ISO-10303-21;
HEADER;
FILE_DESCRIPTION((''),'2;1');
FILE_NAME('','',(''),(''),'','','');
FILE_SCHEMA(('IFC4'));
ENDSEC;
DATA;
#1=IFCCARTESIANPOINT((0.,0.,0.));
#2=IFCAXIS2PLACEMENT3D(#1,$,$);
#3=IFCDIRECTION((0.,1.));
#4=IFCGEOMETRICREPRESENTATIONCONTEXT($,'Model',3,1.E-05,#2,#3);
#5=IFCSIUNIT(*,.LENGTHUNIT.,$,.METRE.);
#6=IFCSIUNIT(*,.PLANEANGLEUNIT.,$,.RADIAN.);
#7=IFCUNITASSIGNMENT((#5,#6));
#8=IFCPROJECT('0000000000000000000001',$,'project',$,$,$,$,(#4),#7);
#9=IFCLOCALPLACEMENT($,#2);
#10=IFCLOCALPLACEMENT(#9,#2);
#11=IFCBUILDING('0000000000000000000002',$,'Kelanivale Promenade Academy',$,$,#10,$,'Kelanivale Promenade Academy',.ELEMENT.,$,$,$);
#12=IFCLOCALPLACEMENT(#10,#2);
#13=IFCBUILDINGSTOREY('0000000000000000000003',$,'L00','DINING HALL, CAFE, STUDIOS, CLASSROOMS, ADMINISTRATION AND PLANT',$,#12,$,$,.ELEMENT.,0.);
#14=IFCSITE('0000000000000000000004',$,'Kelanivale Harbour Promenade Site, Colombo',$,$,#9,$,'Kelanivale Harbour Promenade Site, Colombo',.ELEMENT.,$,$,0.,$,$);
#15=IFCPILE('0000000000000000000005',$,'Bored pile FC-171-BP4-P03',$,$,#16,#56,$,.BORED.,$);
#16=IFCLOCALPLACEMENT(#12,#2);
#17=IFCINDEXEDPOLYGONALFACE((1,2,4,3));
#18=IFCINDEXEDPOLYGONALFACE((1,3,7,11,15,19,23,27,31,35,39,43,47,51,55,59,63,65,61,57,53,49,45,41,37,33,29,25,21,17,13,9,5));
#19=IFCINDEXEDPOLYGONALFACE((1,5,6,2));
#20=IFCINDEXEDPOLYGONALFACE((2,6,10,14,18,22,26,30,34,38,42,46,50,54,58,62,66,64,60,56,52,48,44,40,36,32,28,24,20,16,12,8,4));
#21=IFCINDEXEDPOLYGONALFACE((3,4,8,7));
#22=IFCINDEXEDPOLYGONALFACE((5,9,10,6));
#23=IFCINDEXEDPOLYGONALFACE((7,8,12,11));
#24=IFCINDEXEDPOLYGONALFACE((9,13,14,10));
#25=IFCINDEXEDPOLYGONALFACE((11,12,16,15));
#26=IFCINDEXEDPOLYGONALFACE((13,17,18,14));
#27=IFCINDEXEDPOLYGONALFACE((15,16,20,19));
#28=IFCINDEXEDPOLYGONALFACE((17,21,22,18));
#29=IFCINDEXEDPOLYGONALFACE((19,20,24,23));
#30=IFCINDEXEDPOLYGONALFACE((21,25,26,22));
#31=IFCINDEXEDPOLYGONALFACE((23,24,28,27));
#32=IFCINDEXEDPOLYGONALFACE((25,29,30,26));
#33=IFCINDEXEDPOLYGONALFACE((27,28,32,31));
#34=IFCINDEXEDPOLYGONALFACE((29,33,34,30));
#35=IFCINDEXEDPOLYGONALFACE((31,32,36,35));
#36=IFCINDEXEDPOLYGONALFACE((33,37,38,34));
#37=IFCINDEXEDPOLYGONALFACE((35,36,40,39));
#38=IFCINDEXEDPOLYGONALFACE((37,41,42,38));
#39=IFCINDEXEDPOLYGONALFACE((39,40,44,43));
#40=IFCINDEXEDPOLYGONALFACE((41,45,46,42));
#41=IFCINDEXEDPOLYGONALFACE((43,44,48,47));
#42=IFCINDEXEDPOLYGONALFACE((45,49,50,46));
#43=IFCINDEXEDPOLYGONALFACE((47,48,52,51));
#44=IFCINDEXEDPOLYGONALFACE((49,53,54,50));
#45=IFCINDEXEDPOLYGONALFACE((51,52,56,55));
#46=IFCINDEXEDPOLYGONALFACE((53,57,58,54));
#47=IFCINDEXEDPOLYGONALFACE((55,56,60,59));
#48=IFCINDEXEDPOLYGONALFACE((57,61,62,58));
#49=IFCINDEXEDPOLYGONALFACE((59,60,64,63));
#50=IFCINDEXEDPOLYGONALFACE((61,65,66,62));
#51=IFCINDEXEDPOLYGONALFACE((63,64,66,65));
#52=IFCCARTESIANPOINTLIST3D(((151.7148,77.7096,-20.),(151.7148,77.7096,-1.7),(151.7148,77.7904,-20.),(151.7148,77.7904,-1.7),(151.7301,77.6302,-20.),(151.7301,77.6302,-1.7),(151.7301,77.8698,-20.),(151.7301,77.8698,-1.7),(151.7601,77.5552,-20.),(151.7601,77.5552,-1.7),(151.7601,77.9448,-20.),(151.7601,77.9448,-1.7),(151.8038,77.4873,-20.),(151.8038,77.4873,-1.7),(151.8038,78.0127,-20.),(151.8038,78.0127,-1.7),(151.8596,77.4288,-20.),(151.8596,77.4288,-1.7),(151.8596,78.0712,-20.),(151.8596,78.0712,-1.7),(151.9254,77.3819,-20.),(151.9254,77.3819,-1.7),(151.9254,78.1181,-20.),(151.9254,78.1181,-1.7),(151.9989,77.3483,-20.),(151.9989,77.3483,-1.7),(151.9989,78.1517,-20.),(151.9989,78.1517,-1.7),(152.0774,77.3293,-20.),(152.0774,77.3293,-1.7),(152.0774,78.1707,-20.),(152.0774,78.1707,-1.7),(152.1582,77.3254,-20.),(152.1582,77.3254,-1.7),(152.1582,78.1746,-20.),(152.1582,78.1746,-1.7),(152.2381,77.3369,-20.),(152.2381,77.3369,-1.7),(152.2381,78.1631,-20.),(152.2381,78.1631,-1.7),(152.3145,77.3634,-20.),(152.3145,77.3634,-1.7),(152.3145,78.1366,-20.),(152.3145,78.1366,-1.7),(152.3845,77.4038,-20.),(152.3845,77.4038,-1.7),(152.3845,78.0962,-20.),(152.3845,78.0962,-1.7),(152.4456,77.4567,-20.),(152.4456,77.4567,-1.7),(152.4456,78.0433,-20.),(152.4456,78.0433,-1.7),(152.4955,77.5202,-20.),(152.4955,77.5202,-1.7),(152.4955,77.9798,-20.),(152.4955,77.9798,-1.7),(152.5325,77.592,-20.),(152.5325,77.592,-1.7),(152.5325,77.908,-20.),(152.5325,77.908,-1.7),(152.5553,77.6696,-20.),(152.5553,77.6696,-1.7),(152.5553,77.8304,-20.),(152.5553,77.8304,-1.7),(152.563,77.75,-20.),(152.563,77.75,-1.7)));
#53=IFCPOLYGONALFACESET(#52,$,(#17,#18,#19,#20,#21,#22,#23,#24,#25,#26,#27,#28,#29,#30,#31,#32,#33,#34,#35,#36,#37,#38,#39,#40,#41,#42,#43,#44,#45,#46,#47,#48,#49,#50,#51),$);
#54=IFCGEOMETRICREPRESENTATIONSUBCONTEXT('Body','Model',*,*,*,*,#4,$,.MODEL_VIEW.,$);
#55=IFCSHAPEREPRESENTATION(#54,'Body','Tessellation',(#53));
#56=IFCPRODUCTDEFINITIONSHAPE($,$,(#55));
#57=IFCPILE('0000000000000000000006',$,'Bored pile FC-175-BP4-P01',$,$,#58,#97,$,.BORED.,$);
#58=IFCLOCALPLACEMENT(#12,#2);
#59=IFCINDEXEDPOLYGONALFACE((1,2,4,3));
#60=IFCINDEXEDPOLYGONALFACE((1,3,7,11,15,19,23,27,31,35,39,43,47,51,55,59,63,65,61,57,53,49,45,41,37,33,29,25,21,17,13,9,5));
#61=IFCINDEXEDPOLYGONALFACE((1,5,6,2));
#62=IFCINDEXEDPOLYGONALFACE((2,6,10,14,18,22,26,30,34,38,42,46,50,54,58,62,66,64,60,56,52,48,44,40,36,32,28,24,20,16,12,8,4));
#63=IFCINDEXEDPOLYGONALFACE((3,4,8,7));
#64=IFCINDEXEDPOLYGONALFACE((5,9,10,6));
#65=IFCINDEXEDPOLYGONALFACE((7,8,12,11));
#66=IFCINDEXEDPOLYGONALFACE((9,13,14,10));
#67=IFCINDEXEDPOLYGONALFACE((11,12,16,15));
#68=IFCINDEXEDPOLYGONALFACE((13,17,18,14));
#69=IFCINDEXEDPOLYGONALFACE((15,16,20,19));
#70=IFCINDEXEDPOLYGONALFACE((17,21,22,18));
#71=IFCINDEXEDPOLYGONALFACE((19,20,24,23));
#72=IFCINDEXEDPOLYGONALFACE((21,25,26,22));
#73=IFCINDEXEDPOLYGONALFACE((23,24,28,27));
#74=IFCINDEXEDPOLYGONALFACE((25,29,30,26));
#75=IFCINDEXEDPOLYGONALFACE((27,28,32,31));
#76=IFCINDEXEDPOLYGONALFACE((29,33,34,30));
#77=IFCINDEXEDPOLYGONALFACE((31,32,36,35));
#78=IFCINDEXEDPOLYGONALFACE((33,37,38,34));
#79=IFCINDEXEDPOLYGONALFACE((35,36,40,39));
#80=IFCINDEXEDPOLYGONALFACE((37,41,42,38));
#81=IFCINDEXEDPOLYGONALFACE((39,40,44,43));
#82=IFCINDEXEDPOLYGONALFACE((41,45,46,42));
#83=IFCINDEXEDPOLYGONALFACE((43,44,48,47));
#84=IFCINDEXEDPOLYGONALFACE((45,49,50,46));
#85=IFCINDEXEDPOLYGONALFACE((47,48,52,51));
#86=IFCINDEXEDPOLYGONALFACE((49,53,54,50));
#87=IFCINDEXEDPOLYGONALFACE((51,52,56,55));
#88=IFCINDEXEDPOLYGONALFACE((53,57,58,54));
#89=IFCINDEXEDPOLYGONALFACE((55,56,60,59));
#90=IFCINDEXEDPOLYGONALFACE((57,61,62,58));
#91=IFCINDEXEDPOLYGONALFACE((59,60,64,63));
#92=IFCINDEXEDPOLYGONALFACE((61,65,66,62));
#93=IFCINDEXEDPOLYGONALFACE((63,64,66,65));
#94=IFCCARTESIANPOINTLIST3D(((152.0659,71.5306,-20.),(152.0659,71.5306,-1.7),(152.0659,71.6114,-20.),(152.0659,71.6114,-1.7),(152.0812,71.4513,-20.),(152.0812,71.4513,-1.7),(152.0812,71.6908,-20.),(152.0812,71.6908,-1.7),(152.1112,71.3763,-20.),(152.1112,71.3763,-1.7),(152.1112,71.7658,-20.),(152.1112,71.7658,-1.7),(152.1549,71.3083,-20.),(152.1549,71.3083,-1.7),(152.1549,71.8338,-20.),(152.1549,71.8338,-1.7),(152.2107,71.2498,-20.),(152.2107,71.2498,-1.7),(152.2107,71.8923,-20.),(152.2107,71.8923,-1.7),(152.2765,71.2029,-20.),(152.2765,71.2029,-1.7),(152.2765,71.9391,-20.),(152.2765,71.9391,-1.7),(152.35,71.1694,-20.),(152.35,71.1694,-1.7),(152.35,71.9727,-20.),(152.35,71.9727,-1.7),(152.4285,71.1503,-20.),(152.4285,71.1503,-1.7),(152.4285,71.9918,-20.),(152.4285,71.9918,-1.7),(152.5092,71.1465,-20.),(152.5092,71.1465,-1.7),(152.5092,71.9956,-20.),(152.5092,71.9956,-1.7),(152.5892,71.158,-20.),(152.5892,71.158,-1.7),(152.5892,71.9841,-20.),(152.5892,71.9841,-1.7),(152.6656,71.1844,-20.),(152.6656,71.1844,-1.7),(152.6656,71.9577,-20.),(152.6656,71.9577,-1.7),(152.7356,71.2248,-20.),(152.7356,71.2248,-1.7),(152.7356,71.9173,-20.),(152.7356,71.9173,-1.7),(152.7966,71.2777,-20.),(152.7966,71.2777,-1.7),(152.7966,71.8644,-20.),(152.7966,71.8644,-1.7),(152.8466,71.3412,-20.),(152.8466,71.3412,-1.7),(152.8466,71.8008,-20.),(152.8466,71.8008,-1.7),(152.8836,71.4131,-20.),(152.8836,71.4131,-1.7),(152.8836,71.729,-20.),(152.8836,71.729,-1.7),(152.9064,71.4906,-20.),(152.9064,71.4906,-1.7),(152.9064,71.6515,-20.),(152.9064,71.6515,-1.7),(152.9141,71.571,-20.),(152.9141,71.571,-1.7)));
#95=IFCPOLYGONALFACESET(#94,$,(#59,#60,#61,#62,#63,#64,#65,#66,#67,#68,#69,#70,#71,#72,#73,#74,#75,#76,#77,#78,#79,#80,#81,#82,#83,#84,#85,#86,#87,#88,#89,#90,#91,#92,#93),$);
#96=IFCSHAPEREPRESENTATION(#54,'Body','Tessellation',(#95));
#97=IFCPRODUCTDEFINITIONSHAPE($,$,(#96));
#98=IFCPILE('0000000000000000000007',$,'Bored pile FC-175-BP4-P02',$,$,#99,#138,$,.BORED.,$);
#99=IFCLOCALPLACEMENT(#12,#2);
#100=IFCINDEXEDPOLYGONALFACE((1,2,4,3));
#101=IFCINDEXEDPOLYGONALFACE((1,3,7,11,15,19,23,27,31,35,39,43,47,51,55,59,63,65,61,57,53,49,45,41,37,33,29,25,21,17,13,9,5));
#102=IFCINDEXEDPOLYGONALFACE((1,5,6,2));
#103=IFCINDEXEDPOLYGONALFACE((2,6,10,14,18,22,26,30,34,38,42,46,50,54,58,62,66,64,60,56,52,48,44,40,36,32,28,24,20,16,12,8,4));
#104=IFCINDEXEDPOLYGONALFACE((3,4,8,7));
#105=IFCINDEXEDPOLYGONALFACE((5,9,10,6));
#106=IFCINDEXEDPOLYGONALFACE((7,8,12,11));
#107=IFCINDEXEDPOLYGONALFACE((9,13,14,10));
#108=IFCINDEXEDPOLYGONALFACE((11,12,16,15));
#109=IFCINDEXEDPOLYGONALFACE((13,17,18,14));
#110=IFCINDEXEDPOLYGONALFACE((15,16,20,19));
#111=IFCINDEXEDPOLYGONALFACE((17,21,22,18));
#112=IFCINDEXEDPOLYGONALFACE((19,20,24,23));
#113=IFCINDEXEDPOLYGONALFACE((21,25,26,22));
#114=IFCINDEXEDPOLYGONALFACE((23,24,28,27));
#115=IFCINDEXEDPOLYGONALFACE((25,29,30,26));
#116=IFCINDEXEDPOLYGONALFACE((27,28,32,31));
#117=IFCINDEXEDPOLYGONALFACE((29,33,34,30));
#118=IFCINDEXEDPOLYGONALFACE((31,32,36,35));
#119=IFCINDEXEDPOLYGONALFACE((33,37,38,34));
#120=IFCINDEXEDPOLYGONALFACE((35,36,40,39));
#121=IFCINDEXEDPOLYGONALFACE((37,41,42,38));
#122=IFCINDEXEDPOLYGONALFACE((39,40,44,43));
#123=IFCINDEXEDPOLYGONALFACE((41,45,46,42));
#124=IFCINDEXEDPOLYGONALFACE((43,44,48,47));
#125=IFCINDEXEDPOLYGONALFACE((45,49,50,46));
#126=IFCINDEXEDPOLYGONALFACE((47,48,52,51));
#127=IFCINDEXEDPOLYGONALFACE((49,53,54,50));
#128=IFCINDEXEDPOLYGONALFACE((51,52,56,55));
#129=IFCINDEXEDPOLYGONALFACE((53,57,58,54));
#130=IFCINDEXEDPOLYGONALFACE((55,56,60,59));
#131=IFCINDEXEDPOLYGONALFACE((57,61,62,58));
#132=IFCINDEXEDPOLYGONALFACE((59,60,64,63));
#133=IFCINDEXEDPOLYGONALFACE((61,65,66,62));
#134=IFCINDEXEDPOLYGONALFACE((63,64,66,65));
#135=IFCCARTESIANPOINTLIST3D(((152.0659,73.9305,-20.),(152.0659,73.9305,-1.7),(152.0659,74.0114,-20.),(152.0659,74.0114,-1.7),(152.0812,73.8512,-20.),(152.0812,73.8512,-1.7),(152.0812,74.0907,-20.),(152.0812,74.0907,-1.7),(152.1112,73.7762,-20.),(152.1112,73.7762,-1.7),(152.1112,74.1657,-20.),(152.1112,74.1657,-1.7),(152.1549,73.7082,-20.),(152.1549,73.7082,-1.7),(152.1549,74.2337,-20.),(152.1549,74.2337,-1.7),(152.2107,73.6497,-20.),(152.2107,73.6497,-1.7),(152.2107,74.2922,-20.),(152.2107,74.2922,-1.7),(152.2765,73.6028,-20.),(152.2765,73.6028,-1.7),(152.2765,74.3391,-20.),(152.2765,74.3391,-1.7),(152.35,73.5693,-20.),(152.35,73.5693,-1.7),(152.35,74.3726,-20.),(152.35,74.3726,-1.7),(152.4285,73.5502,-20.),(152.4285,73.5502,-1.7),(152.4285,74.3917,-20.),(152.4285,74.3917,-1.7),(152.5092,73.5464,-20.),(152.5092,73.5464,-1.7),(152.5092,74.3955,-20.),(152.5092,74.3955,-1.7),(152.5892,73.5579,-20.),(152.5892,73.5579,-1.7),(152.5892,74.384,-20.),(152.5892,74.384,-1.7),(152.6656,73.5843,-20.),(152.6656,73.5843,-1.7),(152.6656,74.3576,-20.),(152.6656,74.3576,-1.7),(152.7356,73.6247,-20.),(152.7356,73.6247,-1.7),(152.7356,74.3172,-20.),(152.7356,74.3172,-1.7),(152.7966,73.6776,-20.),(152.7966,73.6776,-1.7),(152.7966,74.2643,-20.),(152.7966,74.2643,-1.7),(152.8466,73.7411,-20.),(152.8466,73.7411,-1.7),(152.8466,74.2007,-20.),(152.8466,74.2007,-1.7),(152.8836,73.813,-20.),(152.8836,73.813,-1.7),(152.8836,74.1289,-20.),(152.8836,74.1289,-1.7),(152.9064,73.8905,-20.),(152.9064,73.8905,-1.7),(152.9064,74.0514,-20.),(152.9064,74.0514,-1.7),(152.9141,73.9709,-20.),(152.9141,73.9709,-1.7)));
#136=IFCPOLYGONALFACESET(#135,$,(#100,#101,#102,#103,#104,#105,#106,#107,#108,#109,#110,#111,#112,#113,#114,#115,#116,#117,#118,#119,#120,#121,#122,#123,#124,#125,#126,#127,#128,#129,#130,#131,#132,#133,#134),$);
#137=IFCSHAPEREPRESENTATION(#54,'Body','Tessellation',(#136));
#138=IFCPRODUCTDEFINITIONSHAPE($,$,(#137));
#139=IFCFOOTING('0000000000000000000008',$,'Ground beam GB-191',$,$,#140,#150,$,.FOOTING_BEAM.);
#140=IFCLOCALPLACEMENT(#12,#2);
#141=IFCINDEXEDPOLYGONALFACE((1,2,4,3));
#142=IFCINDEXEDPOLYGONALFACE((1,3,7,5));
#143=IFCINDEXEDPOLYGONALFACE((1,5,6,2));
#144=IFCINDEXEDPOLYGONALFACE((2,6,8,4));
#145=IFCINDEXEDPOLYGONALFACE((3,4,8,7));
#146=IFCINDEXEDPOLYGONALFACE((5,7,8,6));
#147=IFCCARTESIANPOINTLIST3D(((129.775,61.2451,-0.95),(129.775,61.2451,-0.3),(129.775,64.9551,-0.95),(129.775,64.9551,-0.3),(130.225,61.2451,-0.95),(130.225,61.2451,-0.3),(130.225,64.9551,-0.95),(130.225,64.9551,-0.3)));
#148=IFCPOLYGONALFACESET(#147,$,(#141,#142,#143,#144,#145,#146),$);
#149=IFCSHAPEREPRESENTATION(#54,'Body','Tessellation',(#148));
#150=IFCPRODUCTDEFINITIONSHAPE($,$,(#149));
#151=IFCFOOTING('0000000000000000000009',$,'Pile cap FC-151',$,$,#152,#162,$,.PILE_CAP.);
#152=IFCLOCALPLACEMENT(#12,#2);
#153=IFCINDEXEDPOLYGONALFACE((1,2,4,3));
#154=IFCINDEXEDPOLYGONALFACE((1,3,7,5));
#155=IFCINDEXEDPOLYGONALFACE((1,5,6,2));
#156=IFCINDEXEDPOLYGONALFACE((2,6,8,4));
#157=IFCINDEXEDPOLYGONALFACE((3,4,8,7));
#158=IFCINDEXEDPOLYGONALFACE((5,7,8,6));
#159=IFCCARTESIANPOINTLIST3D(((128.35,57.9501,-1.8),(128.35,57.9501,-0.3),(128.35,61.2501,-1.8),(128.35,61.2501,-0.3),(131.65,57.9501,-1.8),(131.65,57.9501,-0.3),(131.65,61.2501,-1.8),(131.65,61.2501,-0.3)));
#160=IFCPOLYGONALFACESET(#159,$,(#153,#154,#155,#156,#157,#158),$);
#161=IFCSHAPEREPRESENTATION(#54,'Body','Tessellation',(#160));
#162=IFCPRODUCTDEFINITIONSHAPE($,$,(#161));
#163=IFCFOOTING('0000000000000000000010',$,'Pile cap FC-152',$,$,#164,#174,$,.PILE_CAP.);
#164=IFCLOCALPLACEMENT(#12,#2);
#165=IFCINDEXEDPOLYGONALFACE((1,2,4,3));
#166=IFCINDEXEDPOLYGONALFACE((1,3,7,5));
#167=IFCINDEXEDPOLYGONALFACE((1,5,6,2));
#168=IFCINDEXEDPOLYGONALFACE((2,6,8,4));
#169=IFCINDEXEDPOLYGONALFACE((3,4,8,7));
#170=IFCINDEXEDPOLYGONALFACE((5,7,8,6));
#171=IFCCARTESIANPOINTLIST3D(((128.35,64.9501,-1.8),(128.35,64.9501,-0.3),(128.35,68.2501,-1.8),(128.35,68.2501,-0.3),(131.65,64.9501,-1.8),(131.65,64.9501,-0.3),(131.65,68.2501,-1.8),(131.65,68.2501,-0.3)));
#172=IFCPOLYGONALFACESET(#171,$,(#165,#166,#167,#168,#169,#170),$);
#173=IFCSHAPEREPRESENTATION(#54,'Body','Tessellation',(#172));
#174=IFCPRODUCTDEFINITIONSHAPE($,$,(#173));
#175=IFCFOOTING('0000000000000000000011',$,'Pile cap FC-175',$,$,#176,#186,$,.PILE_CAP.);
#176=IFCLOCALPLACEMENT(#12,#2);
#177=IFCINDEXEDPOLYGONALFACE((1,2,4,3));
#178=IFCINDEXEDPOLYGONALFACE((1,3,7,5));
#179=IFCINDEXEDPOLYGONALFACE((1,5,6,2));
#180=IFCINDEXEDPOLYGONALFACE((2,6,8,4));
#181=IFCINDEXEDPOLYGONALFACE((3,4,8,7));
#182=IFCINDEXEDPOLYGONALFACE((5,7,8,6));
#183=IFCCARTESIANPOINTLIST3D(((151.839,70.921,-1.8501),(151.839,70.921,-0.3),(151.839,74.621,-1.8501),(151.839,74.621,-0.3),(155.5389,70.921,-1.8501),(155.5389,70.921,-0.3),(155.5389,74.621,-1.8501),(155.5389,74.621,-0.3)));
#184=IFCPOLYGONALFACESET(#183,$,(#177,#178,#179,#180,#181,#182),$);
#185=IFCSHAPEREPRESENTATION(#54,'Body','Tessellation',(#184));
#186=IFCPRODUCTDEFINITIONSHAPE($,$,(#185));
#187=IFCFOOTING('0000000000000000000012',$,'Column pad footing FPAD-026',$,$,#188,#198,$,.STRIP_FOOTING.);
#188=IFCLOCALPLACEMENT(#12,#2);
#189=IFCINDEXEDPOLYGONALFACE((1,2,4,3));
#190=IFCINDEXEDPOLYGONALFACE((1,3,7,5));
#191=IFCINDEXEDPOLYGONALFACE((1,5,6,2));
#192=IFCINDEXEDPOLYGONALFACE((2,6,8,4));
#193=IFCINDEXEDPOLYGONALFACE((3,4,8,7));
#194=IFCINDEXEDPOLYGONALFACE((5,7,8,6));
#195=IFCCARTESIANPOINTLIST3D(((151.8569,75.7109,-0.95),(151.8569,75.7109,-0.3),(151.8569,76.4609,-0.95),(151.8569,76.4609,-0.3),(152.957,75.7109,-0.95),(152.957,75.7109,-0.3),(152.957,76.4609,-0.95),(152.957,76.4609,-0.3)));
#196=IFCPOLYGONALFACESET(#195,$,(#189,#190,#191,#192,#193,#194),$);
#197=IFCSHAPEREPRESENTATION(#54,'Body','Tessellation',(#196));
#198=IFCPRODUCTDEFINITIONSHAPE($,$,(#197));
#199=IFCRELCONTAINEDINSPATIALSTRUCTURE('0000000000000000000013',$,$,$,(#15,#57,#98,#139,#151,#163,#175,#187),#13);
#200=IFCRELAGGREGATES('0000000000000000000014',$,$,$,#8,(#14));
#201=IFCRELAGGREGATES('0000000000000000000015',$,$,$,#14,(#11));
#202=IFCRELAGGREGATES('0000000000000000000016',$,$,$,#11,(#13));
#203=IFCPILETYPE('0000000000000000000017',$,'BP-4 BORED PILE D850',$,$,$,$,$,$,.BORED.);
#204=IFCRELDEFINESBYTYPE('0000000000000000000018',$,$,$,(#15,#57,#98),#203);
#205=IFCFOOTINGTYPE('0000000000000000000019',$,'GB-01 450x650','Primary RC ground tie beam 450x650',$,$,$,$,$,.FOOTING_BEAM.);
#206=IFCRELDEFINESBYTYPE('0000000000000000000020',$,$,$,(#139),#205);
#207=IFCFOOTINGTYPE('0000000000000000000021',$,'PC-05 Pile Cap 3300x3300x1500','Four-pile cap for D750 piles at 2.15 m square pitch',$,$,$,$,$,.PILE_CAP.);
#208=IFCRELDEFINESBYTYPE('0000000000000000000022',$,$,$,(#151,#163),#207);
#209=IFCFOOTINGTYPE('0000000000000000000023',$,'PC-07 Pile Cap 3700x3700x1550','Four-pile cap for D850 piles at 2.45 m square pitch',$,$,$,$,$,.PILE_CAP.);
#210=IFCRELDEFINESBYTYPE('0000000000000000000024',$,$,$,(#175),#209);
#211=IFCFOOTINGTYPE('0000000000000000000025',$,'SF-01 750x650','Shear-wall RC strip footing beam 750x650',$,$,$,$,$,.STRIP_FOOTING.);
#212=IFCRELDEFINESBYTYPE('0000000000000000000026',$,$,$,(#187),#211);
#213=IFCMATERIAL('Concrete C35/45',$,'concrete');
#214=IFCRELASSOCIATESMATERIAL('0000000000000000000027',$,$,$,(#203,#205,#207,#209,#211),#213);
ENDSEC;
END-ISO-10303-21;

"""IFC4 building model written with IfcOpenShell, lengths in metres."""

from ifc_helpers import new_model, si_unit, direction, frame, origin, origin_2d, place, context, subcontext, project, spatial, rectangle, circle, extrude, material, material_profile, profile_set, type_object, element, save


model = new_model("IFC4")

# Units and contexts
model_context = context("Model", 3, precision=1e-05, world=origin(), true_north=direction((0.0, 1.0)))
body_context = subcontext(model_context, "Body", "Model", "MODEL_VIEW")
ifc_project = project(units=[si_unit("LENGTHUNIT", "METRE"), si_unit("PLANEANGLEUNIT", "RADIAN")], contexts=[model_context])

# Site, building, storey
site_placement = place(None, origin())
site = spatial("IfcSite", under=ifc_project, at=site_placement, Name="Kelanivale Harbour Promenade Site, Colombo", LongName="Kelanivale Harbour Promenade Site, Colombo", CompositionType="ELEMENT", RefElevation=0.0)
building_placement = place(site_placement, origin())
building = spatial("IfcBuilding", under=site, at=building_placement, Name="Kelanivale Promenade Academy", LongName="Kelanivale Promenade Academy", CompositionType="ELEMENT")
storey_placement = place(building_placement, origin())
storey = spatial("IfcBuildingStorey", under=building, at=storey_placement, Name="L00", Description="DINING HALL, CAFE, STUDIOS, CLASSROOMS, ADMINISTRATION AND PLANT", CompositionType="ELEMENT", Elevation=0.0)

# Piles
ifc_material_1 = material(Name="Concrete C35/45", Category="concrete")
ifc_material_profile_1 = material_profile(ifc_material_1, circle(Radius=0.425, at=origin_2d()), Name="BORED PILE D850")
ifc_profile_set_1 = profile_set([ifc_material_profile_1], Name="Concrete C35/45")
pile_type_1 = type_object("IfcPileType", Name="BP-4 BORED PILE D850", PredefinedType="BORED", material=ifc_profile_set_1)
for number, where, z_axis, x_axis, name in (
    (1, (152.1379, 77.75, -1.7), (0.0, 0.0, -1.0), (1.0, 0.0, 0.0), "Bored pile FC-171-BP4-P03"),
    (2, (152.489, 71.571, -1.7), (0.0, 0.0, -1.0), (1.0, 0.0, 0.0), "Bored pile FC-175-BP4-P01"),
    (3, (152.489, 73.9709, -1.7), (0.0, 0.0, -1.0), (1.0, 0.0, 0.0), "Bored pile FC-175-BP4-P02"),
):
    element("IfcPile", number, at=place(storey_placement, frame(where, z_axis=z_axis, x_axis=x_axis)), inside=storey, type_object=pile_type_1, Name=name, PredefinedType="BORED", context=body_context, shape_type="SweptSolid", body=[
        extrude(circle(Radius=0.425, at=origin_2d()), origin(), (0.0, 0.0, 1.0), 18.3),
    ])

# Footings
footing_type_1 = type_object("IfcFootingType", Name="GB-01 450x650", Description="Primary RC ground tie beam 450x650", PredefinedType="FOOTING_BEAM", material=ifc_material_1)
footing_1_placement = place(storey_placement, frame((130.0, 63.1001, -0.95), z_axis=(0.0, 0.0, 1.0), x_axis=(0.0, 1.0, 0.0)))
element("IfcFooting", 4, at=footing_1_placement, inside=storey, type_object=footing_type_1, Name="Ground beam GB-191", PredefinedType="FOOTING_BEAM", context=body_context, shape_type="SweptSolid", body=[
    extrude(rectangle(XDim=3.71, YDim=0.45, at=origin_2d()), origin(), (0.0, 0.0, 1.0), 0.6499),
])
footing_type_2 = type_object("IfcFootingType", Name="PC-05 Pile Cap 3300x3300x1500", Description="Four-pile cap for D750 piles at 2.15 m square pitch", PredefinedType="PILE_CAP", material=ifc_material_1)
for number, where, z_axis, x_axis, name in (
    (5, (130.0, 59.6001, -1.8), (0.0, 0.0, 1.0), (1.0, 0.0, 0.0), "Pile cap FC-151"),
    (6, (130.0, 66.6001, -1.8), (0.0, 0.0, 1.0), (1.0, 0.0, 0.0), "Pile cap FC-152"),
):
    element("IfcFooting", number, at=place(storey_placement, frame(where, z_axis=z_axis, x_axis=x_axis)), inside=storey, type_object=footing_type_2, Name=name, PredefinedType="PILE_CAP", context=body_context, shape_type="SweptSolid", body=[
        extrude(rectangle(XDim=3.3, YDim=3.3, at=origin_2d()), origin(), (0.0, 0.0, 1.0), 1.5),
    ])
footing_type_3 = type_object("IfcFootingType", Name="PC-07 Pile Cap 3700x3700x1550", Description="Four-pile cap for D850 piles at 2.45 m square pitch", PredefinedType="PILE_CAP", material=ifc_material_1)
footing_2_placement = place(storey_placement, frame((153.689, 72.771, -1.8501), z_axis=(0.0, 0.0, 1.0), x_axis=(1.0, 0.0, 0.0)))
element("IfcFooting", 7, at=footing_2_placement, inside=storey, type_object=footing_type_3, Name="Pile cap FC-175", PredefinedType="PILE_CAP", context=body_context, shape_type="SweptSolid", body=[
    extrude(rectangle(XDim=3.7, YDim=3.7, at=origin_2d()), origin(), (0.0, 0.0, 1.0), 1.55),
])
footing_type_4 = type_object("IfcFootingType", Name="SF-01 750x650", Description="Shear-wall RC strip footing beam 750x650", PredefinedType="STRIP_FOOTING", material=ifc_material_1)
footing_3_placement = place(storey_placement, frame((152.407, 76.0859, -0.95), z_axis=(0.0, 0.0, 1.0), x_axis=(1.0, 0.0, 0.0)))
element("IfcFooting", 8, at=footing_3_placement, inside=storey, type_object=footing_type_4, Name="Column pad footing FPAD-026", PredefinedType="STRIP_FOOTING", context=body_context, shape_type="SweptSolid", body=[
    extrude(rectangle(XDim=1.1001, YDim=0.75, at=origin_2d()), origin(), (0.0, 0.0, 1.0), 0.6499),
])

save(model, "model.ifc")
